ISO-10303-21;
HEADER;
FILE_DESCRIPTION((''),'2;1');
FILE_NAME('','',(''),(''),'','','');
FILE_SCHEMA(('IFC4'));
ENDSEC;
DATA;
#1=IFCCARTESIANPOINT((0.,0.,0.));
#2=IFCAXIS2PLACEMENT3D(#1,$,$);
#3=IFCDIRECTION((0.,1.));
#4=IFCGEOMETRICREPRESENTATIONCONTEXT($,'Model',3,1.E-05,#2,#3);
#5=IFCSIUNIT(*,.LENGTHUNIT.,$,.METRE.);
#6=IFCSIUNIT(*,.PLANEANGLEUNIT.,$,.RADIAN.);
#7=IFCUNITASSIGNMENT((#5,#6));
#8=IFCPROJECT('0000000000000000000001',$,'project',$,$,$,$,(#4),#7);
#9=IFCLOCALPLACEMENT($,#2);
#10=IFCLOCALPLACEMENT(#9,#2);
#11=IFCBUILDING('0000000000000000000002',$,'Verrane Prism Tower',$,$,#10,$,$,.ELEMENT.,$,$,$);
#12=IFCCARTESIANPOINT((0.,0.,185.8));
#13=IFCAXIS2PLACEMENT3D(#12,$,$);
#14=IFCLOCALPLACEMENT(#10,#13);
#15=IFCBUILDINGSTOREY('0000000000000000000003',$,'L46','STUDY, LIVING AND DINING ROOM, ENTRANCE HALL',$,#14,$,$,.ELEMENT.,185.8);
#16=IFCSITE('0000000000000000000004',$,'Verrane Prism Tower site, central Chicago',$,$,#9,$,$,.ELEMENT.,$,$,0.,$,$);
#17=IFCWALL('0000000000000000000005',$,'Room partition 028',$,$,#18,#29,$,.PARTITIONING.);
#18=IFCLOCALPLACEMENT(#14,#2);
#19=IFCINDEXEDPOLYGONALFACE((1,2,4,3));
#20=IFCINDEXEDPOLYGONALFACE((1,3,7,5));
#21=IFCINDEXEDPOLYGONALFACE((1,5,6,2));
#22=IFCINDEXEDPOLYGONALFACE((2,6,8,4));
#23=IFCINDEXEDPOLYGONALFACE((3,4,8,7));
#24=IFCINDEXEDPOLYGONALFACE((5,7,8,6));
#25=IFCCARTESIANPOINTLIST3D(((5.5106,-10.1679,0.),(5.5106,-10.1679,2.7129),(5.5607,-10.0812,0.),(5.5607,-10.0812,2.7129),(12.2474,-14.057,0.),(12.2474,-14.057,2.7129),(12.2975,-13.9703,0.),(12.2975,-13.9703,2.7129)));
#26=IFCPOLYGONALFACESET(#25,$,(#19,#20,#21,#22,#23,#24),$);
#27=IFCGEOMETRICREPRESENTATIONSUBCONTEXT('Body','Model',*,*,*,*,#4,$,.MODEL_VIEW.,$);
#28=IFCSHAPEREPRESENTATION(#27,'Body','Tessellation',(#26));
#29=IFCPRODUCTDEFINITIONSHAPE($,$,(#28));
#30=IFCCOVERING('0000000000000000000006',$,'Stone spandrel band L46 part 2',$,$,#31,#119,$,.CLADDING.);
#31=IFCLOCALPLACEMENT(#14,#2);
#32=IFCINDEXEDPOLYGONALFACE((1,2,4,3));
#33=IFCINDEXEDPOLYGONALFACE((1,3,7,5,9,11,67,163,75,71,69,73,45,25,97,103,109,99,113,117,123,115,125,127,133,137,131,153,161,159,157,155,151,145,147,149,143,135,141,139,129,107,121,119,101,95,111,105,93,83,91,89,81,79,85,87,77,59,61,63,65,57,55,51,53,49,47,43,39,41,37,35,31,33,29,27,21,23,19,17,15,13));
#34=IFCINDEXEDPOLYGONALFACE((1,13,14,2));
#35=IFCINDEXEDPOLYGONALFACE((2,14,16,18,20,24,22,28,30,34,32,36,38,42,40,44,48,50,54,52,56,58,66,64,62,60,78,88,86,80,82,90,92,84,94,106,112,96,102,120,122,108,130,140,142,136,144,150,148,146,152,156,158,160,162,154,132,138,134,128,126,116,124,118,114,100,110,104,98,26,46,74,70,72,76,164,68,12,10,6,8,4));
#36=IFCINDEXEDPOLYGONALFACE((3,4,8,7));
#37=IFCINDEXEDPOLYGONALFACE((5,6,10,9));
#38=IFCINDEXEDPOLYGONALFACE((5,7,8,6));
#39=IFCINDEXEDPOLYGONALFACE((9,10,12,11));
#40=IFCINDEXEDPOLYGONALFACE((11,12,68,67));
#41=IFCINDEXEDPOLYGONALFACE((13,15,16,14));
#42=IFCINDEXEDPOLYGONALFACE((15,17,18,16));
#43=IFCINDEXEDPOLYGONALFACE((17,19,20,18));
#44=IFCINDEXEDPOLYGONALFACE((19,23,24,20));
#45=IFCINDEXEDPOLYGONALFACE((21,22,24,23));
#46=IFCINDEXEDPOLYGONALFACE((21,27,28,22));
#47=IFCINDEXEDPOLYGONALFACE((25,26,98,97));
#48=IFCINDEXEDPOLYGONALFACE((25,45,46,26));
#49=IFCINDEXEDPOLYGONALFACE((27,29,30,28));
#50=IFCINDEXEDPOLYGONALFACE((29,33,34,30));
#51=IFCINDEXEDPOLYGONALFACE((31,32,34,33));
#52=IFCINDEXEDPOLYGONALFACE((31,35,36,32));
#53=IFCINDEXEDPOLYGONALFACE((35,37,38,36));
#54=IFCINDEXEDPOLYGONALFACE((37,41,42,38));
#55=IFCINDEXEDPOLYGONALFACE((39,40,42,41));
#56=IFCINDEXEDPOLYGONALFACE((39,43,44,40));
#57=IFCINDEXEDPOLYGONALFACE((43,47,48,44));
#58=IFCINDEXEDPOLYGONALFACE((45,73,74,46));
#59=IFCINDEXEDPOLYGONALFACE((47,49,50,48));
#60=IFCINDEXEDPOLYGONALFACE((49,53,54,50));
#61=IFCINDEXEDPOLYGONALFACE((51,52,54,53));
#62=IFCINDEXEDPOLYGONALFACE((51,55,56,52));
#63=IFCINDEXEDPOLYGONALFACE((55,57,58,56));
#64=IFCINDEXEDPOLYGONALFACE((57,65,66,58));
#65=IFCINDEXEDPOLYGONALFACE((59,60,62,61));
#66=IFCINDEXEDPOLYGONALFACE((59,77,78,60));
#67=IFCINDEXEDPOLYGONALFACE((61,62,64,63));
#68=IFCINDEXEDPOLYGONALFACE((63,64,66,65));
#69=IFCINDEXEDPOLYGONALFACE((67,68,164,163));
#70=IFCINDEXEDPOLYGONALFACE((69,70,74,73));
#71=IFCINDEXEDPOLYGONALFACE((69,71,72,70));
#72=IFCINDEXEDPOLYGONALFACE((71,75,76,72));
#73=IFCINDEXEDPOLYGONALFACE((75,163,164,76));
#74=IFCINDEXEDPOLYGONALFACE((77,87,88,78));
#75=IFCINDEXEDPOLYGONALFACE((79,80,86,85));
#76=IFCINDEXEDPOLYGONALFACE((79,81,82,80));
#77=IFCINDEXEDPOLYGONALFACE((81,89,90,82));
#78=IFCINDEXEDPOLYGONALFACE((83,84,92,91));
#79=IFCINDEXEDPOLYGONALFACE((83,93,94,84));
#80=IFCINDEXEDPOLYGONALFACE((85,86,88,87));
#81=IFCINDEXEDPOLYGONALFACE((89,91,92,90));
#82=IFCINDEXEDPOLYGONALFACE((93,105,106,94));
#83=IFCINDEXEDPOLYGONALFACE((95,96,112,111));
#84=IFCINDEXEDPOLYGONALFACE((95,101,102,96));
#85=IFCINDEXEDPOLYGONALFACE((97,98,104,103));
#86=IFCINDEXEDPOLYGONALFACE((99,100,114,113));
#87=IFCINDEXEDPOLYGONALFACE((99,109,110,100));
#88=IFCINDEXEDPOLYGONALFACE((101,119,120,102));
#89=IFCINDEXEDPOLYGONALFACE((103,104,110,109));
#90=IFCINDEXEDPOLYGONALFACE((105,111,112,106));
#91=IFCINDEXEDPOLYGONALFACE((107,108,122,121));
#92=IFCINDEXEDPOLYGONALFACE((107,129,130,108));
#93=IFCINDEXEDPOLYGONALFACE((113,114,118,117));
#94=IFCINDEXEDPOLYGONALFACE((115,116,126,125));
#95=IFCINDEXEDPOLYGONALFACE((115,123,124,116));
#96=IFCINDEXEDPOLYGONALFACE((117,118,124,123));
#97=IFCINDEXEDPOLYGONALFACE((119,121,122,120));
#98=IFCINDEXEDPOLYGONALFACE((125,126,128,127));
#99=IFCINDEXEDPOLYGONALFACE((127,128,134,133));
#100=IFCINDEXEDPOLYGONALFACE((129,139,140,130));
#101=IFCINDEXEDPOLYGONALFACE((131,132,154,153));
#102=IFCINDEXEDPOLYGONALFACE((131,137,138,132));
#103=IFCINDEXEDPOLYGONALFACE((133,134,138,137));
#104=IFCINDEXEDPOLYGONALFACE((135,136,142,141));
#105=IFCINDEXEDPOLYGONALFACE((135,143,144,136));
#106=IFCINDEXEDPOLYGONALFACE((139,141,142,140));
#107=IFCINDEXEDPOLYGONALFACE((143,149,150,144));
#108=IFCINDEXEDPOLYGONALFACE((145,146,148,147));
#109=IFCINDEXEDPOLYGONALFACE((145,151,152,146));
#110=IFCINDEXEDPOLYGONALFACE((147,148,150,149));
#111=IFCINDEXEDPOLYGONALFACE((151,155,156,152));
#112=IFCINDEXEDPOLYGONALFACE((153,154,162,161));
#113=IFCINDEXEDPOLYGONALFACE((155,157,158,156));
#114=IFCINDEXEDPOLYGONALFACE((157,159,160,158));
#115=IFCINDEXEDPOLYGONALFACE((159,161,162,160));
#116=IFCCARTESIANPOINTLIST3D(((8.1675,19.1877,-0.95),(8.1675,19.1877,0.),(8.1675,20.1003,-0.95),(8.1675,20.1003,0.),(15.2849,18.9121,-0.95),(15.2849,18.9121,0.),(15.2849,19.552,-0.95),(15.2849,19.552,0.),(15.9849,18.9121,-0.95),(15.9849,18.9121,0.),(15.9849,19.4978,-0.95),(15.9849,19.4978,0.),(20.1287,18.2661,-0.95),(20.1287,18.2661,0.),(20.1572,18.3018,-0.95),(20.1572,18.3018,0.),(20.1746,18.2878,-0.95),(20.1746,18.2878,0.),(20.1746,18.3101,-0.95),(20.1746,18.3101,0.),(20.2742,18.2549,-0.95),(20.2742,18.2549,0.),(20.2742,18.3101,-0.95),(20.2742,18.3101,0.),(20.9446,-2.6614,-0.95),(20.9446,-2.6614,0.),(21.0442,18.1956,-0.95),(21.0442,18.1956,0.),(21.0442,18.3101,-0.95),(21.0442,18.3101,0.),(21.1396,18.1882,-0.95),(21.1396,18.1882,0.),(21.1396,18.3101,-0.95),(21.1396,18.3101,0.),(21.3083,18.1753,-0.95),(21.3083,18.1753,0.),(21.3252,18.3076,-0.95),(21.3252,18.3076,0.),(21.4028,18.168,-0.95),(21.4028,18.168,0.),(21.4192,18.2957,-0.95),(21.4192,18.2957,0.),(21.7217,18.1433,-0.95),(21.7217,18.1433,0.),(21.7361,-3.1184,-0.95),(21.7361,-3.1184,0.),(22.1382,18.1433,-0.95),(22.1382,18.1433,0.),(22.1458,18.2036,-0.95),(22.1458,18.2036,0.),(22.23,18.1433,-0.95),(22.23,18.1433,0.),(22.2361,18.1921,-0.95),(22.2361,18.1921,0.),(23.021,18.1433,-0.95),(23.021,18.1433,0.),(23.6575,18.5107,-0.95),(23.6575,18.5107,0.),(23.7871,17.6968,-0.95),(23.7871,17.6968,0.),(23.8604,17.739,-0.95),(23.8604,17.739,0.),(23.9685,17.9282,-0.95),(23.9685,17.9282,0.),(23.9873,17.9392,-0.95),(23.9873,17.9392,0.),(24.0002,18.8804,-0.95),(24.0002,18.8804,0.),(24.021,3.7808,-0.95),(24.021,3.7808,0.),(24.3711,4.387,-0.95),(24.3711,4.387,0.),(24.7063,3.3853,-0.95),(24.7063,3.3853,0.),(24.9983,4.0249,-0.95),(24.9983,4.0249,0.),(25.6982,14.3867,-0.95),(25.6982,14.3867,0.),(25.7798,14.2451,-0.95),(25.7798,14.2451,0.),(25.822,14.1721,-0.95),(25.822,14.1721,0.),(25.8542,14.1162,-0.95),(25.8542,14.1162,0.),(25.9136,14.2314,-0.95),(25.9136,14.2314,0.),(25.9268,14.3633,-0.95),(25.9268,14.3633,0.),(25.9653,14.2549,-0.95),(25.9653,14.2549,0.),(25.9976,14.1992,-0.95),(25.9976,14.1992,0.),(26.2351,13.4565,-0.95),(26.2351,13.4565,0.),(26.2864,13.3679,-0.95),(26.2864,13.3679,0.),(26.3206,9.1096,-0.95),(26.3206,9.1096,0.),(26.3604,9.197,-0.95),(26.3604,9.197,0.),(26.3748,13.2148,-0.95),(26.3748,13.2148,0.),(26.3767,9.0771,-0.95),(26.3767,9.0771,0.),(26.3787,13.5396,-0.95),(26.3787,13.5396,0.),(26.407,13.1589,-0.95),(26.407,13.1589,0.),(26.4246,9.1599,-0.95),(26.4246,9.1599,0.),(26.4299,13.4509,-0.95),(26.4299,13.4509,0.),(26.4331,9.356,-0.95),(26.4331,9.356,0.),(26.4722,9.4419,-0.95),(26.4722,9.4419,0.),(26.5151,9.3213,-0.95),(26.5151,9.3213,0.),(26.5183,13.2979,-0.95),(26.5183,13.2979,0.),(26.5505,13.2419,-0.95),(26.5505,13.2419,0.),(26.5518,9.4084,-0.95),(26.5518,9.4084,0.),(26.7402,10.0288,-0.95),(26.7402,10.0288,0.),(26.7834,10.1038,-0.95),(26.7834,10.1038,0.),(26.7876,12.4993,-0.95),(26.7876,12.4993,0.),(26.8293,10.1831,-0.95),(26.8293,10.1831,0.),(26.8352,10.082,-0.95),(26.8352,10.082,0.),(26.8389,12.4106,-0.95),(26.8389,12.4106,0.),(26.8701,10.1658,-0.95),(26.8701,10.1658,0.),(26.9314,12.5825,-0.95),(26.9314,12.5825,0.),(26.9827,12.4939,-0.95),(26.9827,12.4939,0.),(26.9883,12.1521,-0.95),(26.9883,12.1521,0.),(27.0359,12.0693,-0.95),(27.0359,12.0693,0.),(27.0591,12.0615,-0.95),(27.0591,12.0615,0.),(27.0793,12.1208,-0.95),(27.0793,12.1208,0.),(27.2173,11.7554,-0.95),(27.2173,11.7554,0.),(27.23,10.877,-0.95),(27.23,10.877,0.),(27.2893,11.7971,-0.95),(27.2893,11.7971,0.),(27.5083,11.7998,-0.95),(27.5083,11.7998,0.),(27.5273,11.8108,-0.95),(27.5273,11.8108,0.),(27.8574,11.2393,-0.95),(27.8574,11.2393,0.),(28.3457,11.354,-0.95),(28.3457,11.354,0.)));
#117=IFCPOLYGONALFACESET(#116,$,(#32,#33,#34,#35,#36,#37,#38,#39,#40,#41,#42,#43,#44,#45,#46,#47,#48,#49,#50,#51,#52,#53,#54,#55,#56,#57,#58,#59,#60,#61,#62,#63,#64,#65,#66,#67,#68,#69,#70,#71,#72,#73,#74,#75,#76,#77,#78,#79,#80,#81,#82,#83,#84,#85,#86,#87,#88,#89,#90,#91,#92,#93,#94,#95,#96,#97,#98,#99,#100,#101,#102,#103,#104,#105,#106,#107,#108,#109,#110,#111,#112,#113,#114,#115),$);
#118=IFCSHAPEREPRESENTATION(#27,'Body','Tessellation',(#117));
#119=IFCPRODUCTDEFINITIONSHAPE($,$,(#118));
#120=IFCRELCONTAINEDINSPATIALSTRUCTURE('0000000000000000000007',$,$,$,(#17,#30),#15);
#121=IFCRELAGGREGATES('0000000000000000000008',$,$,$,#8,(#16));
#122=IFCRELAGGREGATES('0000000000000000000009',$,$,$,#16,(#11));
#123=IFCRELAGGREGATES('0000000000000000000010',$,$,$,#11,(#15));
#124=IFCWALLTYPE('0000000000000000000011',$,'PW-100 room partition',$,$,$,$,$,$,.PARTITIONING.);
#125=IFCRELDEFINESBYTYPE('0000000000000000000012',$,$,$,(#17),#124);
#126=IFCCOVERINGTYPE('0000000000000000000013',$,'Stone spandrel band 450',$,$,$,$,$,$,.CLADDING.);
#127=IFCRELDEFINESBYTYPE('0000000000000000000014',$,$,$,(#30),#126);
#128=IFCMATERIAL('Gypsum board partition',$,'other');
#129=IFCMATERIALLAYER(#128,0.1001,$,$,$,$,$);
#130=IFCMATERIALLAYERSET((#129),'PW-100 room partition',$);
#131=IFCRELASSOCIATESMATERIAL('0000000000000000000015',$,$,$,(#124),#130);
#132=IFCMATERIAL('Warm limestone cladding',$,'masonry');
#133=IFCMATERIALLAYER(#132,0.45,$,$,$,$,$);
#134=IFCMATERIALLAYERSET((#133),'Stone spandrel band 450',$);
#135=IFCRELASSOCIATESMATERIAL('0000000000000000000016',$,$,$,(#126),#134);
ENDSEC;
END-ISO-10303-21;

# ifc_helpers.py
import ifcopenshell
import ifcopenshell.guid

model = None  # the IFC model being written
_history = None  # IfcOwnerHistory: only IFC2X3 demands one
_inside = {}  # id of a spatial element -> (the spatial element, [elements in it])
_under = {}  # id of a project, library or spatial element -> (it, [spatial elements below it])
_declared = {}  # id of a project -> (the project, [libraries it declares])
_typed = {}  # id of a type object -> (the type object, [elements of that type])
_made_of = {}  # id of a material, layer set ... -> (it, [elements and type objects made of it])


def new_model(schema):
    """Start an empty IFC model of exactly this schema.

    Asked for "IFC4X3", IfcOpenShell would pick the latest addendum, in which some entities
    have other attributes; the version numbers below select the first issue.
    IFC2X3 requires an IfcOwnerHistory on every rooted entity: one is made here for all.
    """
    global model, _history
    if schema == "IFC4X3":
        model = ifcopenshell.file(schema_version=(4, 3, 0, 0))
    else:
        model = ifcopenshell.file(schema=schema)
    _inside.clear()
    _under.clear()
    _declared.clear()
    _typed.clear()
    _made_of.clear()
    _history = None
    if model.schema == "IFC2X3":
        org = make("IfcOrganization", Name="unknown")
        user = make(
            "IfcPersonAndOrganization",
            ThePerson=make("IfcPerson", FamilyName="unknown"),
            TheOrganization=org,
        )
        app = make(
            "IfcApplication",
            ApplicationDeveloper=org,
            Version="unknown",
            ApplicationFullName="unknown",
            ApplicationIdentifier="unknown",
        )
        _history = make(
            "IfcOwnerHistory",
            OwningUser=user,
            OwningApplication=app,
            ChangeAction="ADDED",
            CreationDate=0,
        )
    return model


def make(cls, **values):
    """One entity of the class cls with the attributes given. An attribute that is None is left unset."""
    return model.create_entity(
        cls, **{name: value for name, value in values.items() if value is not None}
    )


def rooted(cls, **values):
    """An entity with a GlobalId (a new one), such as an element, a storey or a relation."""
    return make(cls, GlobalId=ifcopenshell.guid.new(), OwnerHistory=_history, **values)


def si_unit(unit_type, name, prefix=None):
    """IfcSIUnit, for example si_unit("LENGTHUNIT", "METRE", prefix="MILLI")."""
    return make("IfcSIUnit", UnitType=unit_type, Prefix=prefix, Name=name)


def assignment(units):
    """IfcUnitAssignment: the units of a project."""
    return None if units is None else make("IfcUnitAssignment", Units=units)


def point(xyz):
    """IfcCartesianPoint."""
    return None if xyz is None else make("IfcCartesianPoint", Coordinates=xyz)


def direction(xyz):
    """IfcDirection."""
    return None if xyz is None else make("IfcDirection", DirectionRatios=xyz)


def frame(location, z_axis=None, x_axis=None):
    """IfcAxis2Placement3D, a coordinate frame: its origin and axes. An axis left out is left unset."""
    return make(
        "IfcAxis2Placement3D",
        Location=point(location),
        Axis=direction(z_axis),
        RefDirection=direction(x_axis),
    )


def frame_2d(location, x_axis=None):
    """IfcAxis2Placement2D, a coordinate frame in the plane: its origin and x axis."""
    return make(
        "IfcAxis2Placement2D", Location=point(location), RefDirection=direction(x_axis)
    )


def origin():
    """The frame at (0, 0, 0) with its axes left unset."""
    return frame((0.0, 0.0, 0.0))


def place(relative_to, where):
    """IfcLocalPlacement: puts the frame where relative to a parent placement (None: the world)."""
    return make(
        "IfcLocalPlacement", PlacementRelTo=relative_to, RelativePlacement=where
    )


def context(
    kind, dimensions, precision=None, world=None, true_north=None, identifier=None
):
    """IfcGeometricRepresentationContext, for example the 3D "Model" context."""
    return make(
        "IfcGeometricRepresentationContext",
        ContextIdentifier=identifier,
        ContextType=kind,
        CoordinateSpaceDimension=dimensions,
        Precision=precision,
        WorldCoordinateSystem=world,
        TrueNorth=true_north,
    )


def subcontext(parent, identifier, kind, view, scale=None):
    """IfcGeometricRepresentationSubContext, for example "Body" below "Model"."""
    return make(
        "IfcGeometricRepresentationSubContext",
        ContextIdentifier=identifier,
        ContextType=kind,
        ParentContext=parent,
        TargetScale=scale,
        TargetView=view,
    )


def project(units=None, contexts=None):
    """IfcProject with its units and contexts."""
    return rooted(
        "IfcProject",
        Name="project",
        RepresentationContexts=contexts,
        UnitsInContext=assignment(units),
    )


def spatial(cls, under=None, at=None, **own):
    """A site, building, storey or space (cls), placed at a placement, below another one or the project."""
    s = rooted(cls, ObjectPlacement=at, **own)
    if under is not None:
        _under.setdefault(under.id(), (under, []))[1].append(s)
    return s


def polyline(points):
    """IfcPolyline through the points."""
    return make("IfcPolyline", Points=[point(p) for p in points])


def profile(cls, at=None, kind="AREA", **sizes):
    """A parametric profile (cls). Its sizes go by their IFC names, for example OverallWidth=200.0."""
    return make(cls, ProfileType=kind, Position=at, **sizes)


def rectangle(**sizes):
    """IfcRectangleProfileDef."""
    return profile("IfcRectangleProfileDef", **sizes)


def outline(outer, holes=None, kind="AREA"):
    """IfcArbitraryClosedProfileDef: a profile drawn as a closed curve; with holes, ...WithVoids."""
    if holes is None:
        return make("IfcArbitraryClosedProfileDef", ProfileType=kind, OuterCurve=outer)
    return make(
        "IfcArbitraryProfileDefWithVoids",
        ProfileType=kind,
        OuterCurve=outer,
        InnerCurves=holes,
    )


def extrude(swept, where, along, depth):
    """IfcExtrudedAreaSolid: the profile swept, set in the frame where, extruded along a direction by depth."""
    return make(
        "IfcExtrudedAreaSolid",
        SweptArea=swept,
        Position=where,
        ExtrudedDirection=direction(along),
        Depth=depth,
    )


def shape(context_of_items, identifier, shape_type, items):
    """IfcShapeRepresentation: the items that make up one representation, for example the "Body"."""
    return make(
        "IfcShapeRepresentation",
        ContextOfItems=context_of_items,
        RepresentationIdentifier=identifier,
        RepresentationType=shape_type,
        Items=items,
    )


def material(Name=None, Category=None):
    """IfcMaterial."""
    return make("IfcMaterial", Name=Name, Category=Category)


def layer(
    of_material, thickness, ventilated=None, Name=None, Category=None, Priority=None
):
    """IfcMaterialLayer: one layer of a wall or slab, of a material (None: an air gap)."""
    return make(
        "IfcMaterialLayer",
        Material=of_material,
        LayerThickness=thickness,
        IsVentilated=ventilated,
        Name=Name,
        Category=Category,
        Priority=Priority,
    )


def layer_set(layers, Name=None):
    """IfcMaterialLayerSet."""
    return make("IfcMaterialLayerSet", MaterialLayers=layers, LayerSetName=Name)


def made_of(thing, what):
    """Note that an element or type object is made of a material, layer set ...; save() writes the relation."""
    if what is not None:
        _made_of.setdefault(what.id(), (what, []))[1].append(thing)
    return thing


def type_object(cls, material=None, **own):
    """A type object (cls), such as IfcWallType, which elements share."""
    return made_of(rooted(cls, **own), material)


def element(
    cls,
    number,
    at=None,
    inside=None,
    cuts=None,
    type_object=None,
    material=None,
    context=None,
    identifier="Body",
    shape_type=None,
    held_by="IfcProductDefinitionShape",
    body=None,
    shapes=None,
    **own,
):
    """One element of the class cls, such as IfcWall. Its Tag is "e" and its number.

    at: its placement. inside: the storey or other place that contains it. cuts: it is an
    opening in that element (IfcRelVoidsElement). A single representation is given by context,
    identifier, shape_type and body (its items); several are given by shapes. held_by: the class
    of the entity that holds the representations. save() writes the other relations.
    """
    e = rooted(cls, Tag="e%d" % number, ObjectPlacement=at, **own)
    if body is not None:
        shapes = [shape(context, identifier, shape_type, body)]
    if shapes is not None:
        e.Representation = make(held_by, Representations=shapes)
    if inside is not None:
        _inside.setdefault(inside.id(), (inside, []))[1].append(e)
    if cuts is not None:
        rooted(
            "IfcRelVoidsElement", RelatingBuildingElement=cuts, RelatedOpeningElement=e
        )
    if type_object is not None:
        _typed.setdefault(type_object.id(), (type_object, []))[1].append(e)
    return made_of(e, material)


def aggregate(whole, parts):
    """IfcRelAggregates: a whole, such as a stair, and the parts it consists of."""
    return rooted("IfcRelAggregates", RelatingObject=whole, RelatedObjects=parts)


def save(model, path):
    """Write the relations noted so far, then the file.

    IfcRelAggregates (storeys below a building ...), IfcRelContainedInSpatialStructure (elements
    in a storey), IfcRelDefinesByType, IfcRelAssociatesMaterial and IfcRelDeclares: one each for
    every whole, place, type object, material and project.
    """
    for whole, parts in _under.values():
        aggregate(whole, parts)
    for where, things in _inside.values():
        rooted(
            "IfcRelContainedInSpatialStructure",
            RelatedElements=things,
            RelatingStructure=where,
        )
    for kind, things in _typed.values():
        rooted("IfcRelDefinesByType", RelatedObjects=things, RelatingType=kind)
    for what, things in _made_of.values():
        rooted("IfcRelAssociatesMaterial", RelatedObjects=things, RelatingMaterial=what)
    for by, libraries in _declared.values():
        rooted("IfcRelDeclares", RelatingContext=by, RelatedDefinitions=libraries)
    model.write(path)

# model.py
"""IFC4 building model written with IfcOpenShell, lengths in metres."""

from ifc_helpers import new_model, si_unit, direction, frame, frame_2d, origin, place, context, subcontext, project, spatial, polyline, rectangle, outline, extrude, material, layer, layer_set, type_object, element, save


model = new_model("IFC4")

# Units and contexts
model_context = context("Model", 3, precision=1e-05, world=origin(), true_north=direction((0.0, 1.0)))
body_context = subcontext(model_context, "Body", "Model", "MODEL_VIEW")
ifc_project = project(units=[si_unit("LENGTHUNIT", "METRE"), si_unit("PLANEANGLEUNIT", "RADIAN")], contexts=[model_context])

# Site, building, storey
site_placement = place(None, origin())
site = spatial("IfcSite", under=ifc_project, at=site_placement, Name="Verrane Prism Tower site, central Chicago", CompositionType="ELEMENT", RefElevation=0.0)
building_placement = place(site_placement, origin())
building = spatial("IfcBuilding", under=site, at=building_placement, Name="Verrane Prism Tower", CompositionType="ELEMENT")
storey_placement = place(building_placement, frame((0.0, 0.0, 185.8)))
storey = spatial("IfcBuildingStorey", under=building, at=storey_placement, Name="L46", Description="STUDY, LIVING AND DINING ROOM, ENTRANCE HALL", CompositionType="ELEMENT", Elevation=185.8)

# Wall
ifc_material_1 = material(Name="Gypsum board partition", Category="other")
ifc_layer_1 = layer(ifc_material_1, 0.1001)
ifc_layer_set_1 = layer_set([ifc_layer_1], Name="PW-100 room partition")
wall_type_1 = type_object("IfcWallType", Name="PW-100 room partition", PredefinedType="PARTITIONING", material=ifc_layer_set_1)
wall_1_placement = place(storey_placement, frame((5.5356, -10.1245, 0.0), z_axis=(0.0, 0.0, 1.0), x_axis=(0.866044, -0.499967, 0.0)))
element("IfcWall", 1, at=wall_1_placement, inside=storey, type_object=wall_type_1, Name="Room partition 028", PredefinedType="PARTITIONING", context=body_context, shape_type="SweptSolid", body=[
    extrude(rectangle(XDim=7.7788, YDim=0.1001, at=frame_2d((3.8894, 0.0))), origin(), (0.0, 0.0, 1.0), 2.7129),
])

# Covering
ifc_material_2 = material(Name="Warm limestone cladding", Category="masonry")
ifc_layer_2 = layer(ifc_material_2, 0.45)
ifc_layer_set_2 = layer_set([ifc_layer_2], Name="Stone spandrel band 450")
covering_type = type_object("IfcCoveringType", Name="Stone spandrel band 450", PredefinedType="CLADDING", material=ifc_layer_set_2)
covering_1_placement = place(storey_placement, frame((0.0, 0.0, -0.95)))
element("IfcCovering", 2, at=covering_1_placement, inside=storey, type_object=covering_type, Name="Stone spandrel band L46 part 2", PredefinedType="CLADDING", context=body_context, shape_type="SweptSolid", body=[
    extrude(outline(polyline([(8.1675, 19.1877), (20.1287, 18.2661), (20.1572, 18.3018), (20.1746, 18.2878), (20.1746, 18.3101), (20.2742, 18.3101), (20.2742, 18.2549), (21.0442, 18.1956), (21.0442, 18.3101), (21.1396, 18.3101), (21.1396, 18.1882), (21.3083, 18.1753), (21.3252, 18.3076), (21.4192, 18.2957), (21.4028, 18.168), (21.7217, 18.1433), (22.1382, 18.1433), (22.1458, 18.2036), (22.2361, 18.1921), (22.23, 18.1433), (23.021, 18.1433), (23.6575, 18.5107), (23.9873, 17.9392), (23.9685, 17.9282), (23.8604, 17.739), (23.7871, 17.6968), (25.6982, 14.3867), (25.9268, 14.3633), (25.9136, 14.2314), (25.7798, 14.2451), (25.822, 14.1721), (25.9653, 14.2549), (25.9976, 14.1992), (25.8542, 14.1162), (26.2351, 13.4565), (26.3787, 13.5396), (26.4299, 13.4509), (26.2864, 13.3679), (26.3748, 13.2148), (26.5183, 13.2979), (26.5505, 13.2419), (26.407, 13.1589), (26.7876, 12.4993), (26.9314, 12.5825), (26.9827, 12.4939), (26.8389, 12.4106), (26.9883, 12.1521), (27.0793, 12.1208), (27.0591, 12.0615), (27.0359, 12.0693), (27.2173, 11.7554), (27.2893, 11.7971), (27.5083, 11.7998), (27.5273, 11.8108), (27.8574, 11.2393), (27.23, 10.877), (26.8293, 10.1831), (26.8701, 10.1658), (26.8352, 10.082), (26.7834, 10.1038), (26.7402, 10.0288), (26.4722, 9.4419), (26.5518, 9.4084), (26.5151, 9.3213), (26.4331, 9.356), (26.3604, 9.197), (26.4246, 9.1599), (26.3767, 9.0771), (26.3206, 9.1096), (20.9446, -2.6614), (21.7361, -3.1184), (24.7063, 3.3853), (24.021, 3.7808), (24.3711, 4.387), (24.9983, 4.0249), (28.3457, 11.354), (24.0002, 18.8804), (15.9849, 19.4978), (15.9849, 18.9121), (15.2849, 18.9121), (15.2849, 19.552), (8.1675, 20.1003), (8.1675, 19.1877)])), origin(), (0.0, 0.0, 1.0), 0.95),
])

save(model, "model.ifc")
